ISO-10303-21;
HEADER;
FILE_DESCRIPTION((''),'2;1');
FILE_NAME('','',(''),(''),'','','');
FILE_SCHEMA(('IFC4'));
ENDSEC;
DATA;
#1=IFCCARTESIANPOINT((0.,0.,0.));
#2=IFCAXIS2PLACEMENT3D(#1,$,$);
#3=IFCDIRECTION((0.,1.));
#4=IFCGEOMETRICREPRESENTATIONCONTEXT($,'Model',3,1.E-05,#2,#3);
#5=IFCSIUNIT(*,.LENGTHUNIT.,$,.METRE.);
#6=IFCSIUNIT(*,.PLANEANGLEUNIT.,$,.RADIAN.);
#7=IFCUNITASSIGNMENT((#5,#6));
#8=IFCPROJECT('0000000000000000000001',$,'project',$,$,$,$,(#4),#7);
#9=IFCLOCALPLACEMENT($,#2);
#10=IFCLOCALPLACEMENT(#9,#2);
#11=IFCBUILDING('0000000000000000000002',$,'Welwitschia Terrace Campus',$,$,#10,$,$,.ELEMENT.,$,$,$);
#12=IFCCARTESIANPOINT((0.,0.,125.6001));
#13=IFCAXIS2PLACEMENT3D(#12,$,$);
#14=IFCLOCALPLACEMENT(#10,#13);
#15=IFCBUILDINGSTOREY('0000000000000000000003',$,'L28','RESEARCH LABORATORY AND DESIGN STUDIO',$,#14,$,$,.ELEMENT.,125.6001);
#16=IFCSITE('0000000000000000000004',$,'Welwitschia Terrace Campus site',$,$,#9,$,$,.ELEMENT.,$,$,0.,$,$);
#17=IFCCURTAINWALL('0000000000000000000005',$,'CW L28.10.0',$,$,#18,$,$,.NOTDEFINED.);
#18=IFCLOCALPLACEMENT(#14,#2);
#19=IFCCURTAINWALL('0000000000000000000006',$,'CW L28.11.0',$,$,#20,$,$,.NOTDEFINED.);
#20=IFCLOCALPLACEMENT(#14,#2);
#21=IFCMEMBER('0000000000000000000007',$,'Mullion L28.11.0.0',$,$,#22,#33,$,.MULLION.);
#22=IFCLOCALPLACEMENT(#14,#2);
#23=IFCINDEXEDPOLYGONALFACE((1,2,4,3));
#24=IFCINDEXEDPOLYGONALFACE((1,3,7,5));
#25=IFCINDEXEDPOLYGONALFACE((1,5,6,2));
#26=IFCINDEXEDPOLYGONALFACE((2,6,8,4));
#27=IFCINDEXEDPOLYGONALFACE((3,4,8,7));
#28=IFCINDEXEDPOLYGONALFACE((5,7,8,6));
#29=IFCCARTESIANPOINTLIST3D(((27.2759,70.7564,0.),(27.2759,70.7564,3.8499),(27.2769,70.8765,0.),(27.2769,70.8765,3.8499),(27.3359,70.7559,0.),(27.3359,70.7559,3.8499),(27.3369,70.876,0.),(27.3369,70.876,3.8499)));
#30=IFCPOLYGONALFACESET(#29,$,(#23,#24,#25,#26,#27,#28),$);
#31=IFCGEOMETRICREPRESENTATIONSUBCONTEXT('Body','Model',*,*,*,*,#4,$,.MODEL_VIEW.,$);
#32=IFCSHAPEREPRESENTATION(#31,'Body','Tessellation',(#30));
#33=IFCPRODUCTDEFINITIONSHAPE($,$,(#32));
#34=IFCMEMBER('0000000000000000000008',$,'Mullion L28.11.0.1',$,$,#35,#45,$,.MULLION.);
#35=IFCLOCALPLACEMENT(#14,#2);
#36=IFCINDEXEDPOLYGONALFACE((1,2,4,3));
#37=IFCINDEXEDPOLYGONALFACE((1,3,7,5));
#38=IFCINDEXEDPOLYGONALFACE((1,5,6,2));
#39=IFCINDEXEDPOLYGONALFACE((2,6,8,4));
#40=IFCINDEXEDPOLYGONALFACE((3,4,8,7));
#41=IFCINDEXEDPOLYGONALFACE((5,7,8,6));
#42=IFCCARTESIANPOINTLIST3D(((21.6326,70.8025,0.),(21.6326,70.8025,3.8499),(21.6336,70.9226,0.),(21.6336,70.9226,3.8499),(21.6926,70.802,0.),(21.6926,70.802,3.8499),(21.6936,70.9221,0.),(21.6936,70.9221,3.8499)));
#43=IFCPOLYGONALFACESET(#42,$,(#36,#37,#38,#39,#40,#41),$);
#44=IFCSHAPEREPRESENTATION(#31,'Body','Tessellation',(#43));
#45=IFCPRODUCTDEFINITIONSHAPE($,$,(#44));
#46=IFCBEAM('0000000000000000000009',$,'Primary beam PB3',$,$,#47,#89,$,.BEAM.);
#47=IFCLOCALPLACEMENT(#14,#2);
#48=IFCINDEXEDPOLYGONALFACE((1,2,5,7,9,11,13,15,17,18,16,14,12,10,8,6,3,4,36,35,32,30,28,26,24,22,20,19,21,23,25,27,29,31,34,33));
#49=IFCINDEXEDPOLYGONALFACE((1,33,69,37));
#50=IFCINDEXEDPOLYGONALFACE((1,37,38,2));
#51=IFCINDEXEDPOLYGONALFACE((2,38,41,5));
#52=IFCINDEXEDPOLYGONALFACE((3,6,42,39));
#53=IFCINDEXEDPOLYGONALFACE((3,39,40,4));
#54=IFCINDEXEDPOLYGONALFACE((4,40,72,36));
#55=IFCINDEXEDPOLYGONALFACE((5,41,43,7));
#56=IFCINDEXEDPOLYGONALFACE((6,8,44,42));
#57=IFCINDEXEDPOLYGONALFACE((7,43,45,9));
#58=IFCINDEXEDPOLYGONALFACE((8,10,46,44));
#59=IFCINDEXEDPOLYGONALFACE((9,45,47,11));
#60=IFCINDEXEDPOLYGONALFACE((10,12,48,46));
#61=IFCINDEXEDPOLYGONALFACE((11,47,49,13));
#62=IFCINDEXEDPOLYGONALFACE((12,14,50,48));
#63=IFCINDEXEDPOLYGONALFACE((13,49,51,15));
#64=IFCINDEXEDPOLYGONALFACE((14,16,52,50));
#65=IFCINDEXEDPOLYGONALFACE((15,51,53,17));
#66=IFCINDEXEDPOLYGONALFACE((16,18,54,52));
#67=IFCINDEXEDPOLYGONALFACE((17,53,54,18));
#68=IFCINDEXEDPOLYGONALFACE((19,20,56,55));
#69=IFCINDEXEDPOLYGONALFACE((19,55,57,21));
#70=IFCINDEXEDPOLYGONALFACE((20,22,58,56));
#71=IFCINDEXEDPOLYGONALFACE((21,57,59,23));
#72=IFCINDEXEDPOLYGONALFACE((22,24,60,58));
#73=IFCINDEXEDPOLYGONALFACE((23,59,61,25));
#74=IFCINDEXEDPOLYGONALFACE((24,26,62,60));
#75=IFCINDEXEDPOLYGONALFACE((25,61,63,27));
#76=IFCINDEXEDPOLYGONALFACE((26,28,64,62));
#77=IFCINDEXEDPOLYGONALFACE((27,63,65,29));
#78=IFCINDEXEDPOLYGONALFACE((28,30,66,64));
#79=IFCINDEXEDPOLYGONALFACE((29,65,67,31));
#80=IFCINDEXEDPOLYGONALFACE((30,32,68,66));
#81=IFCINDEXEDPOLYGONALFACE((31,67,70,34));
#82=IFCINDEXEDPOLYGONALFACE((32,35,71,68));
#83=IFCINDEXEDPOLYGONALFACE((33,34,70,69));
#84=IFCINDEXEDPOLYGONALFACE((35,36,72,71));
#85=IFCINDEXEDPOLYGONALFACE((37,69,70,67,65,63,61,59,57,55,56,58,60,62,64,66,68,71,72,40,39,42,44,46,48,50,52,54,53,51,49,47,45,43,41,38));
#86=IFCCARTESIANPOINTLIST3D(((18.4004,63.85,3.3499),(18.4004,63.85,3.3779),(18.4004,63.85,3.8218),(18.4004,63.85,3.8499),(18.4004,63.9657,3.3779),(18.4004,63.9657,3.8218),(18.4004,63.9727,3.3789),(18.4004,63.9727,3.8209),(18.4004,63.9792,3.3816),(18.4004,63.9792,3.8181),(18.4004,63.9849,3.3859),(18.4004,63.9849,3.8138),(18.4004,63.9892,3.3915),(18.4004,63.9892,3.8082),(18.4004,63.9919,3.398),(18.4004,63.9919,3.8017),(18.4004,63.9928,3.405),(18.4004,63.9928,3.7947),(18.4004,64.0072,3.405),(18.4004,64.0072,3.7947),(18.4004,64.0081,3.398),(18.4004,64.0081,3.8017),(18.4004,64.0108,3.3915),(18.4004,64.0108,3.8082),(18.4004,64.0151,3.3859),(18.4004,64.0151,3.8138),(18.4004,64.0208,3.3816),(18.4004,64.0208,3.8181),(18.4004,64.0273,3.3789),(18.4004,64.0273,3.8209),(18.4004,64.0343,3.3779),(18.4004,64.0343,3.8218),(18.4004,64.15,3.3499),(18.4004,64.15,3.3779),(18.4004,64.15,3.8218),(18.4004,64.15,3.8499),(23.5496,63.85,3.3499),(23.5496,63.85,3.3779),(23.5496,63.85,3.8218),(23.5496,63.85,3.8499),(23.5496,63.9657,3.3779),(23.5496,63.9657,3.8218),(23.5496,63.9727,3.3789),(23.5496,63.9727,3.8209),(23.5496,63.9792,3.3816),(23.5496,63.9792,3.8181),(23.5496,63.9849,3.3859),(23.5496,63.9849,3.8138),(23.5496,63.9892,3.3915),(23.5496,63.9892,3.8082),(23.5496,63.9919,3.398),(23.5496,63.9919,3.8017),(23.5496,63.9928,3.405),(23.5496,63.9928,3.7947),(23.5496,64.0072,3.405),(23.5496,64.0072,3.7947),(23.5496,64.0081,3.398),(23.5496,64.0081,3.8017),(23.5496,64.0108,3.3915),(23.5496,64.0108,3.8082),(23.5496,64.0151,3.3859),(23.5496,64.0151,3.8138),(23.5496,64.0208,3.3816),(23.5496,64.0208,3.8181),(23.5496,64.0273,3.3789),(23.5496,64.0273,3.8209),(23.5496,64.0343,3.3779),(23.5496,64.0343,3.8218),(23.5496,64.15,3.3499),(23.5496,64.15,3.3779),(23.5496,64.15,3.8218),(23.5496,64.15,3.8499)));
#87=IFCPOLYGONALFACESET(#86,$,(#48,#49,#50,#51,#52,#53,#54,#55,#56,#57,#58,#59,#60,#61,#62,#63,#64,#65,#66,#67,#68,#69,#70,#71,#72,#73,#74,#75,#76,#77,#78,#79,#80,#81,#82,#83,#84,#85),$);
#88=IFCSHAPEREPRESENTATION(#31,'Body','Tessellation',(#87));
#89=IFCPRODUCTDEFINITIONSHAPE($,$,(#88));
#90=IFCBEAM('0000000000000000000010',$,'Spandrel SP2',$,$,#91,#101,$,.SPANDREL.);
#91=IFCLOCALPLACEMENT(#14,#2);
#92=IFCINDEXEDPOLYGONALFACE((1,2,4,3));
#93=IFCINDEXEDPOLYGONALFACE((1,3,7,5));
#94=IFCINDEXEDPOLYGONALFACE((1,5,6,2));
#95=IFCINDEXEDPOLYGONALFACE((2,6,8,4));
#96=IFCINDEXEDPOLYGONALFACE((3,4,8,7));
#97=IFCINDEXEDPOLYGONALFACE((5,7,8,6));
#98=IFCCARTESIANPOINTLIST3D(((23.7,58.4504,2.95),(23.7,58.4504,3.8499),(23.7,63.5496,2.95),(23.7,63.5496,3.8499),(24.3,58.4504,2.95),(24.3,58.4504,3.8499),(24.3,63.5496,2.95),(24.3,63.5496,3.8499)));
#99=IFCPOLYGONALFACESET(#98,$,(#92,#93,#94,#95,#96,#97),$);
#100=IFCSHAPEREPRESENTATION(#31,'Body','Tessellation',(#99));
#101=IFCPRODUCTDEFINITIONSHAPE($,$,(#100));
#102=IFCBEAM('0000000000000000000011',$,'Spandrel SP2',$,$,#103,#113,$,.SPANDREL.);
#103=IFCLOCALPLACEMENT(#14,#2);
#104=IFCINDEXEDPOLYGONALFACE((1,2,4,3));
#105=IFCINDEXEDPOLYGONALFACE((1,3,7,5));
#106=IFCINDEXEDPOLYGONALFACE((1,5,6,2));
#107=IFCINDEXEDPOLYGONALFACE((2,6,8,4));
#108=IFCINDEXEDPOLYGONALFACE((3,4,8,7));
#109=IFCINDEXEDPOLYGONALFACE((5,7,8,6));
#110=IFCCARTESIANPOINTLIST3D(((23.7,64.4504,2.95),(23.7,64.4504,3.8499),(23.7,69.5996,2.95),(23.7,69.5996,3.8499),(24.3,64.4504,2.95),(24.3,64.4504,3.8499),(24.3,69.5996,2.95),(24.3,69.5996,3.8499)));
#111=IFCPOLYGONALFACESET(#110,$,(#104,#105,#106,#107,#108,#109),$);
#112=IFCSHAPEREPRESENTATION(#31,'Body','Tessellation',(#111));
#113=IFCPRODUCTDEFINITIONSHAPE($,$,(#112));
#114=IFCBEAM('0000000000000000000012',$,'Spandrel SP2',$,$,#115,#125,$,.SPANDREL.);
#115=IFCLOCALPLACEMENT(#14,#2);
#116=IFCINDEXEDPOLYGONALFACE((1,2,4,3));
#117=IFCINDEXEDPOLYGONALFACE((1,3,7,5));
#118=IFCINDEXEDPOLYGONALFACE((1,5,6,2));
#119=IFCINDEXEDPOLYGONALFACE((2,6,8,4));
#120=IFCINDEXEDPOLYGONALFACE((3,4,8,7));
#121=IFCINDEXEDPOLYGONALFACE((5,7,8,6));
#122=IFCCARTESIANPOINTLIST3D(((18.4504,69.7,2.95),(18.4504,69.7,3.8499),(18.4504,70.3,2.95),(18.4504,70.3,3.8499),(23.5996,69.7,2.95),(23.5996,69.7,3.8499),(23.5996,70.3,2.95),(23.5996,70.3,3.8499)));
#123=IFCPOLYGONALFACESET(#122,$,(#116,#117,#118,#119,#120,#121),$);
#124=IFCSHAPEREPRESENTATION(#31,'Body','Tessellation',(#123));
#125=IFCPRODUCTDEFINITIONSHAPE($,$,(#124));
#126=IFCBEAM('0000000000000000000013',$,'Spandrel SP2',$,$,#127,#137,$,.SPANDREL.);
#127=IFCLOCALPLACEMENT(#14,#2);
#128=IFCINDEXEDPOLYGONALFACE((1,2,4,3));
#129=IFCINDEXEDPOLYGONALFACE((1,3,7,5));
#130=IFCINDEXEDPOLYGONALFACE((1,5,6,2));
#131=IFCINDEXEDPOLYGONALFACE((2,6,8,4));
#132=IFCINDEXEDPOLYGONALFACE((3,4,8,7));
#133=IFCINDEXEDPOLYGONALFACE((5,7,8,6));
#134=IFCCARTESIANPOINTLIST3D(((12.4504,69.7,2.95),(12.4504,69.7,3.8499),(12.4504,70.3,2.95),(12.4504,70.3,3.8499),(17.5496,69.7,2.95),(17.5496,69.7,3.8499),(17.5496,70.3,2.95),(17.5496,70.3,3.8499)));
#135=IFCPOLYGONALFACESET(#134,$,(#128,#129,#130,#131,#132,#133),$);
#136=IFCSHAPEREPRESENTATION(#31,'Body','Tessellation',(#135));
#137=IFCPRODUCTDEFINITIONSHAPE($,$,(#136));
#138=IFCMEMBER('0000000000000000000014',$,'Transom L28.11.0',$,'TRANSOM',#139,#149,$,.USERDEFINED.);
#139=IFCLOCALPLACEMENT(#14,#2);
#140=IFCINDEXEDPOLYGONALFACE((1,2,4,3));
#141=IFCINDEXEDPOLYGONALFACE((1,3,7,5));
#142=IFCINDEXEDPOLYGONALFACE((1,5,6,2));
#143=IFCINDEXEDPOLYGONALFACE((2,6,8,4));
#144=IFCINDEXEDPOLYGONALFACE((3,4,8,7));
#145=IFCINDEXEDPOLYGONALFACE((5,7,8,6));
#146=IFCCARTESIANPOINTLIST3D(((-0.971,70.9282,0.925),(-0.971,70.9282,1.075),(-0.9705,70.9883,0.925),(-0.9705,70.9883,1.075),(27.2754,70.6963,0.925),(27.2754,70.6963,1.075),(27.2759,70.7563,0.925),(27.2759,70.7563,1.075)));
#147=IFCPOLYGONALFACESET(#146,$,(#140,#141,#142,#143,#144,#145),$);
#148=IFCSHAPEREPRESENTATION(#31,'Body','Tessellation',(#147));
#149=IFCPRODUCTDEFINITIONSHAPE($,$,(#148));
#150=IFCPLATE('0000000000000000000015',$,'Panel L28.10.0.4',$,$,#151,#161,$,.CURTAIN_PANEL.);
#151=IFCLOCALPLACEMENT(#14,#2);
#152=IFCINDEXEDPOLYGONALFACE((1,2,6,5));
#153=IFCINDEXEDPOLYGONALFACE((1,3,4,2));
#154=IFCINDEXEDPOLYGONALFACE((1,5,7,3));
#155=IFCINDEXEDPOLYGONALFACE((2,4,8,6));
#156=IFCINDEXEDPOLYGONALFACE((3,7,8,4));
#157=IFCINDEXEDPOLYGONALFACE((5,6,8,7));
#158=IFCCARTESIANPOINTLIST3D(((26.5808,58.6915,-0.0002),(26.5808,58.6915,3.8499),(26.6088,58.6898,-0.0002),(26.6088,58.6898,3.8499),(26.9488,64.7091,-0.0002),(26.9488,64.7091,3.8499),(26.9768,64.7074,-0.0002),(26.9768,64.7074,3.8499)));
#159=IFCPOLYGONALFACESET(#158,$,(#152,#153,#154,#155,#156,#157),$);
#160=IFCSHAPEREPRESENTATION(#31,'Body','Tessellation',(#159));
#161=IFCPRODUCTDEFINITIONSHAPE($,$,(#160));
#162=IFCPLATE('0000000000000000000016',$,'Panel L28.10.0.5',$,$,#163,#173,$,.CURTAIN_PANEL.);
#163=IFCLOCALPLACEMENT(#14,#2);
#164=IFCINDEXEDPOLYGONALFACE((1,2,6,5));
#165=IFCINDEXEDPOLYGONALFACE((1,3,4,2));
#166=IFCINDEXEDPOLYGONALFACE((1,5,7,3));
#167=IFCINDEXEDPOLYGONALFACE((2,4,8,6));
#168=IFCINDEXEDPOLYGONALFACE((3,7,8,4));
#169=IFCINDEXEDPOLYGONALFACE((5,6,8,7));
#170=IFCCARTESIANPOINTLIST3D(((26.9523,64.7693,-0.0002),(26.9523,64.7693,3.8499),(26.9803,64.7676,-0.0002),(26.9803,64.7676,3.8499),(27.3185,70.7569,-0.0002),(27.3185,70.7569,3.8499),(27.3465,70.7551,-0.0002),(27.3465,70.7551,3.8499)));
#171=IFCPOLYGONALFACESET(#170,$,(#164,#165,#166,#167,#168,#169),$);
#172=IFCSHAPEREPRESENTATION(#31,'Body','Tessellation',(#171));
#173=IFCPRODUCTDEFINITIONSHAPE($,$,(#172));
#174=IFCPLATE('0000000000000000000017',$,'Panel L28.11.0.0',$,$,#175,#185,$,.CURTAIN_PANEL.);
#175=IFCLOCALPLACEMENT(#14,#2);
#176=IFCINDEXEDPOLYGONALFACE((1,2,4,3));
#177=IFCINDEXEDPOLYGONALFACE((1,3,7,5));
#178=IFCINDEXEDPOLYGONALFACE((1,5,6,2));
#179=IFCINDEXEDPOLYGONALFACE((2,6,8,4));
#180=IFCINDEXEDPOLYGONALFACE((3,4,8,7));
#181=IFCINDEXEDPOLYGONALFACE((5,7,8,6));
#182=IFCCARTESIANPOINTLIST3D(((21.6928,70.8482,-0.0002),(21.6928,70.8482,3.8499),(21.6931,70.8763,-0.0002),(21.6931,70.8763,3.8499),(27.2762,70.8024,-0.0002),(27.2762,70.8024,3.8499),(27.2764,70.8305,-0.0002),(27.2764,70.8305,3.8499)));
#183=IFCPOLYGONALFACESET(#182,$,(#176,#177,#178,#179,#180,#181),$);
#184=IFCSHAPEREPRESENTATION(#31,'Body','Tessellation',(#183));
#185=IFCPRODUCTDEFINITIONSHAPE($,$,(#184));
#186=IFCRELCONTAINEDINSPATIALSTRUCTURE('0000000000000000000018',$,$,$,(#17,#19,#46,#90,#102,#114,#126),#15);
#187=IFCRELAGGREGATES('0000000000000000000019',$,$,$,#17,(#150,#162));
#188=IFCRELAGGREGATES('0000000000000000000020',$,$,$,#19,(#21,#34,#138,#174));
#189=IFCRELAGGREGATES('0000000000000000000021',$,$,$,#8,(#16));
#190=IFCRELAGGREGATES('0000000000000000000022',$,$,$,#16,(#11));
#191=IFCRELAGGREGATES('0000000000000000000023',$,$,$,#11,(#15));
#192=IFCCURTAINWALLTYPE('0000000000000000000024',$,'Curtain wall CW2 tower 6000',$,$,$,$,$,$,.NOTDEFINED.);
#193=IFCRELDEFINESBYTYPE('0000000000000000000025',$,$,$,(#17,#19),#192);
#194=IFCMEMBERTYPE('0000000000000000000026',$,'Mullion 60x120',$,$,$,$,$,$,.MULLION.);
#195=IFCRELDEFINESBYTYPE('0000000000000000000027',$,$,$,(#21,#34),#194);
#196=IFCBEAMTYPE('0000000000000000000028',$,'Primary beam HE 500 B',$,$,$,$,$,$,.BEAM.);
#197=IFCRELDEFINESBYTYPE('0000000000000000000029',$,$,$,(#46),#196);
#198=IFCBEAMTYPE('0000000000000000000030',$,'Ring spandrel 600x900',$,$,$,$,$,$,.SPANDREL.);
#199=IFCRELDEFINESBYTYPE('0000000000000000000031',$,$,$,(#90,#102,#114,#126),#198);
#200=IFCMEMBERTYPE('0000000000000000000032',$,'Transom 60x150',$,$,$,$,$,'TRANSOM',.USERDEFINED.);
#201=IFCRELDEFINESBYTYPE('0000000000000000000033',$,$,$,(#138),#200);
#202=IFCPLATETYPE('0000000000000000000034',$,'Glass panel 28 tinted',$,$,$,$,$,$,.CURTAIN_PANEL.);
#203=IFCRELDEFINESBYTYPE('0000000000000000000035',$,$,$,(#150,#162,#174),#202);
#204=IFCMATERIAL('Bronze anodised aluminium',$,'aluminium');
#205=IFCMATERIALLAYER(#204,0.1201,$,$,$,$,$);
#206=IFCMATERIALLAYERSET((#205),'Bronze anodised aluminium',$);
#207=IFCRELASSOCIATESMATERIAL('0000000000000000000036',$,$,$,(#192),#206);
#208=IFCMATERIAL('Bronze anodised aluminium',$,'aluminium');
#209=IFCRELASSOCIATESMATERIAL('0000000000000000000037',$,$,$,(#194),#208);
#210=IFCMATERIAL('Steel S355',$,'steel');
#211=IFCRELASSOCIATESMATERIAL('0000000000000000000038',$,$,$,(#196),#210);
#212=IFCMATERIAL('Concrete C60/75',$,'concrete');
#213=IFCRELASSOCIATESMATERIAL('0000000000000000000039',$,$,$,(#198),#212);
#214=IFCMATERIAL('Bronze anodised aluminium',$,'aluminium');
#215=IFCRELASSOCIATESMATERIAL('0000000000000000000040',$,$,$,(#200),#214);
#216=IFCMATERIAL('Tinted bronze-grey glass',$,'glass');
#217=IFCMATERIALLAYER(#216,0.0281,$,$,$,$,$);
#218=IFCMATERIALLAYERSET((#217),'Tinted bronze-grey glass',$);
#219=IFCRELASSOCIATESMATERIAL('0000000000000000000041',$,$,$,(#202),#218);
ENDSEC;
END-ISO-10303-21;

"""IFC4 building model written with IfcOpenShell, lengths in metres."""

from ifc_helpers import new_model, si_unit, direction, frame, origin, origin_2d, place, context, subcontext, project, spatial, rectangle, i_section, extrude, material, layer, layer_set, material_profile, profile_set, type_object, element, aggregate, save


model = new_model("IFC4")

# Units and contexts
model_context = context("Model", 3, precision=1e-05, world=origin(), true_north=direction((0.0, 1.0)))
body_context = subcontext(model_context, "Body", "Model", "MODEL_VIEW")
ifc_project = project(units=[si_unit("LENGTHUNIT", "METRE"), si_unit("PLANEANGLEUNIT", "RADIAN")], contexts=[model_context])

# Site, building, storey
site_placement = place(None, origin())
site = spatial("IfcSite", under=ifc_project, at=site_placement, Name="Welwitschia Terrace Campus site", CompositionType="ELEMENT", RefElevation=0.0)
building_placement = place(site_placement, origin())
building = spatial("IfcBuilding", under=site, at=building_placement, Name="Welwitschia Terrace Campus", CompositionType="ELEMENT")
storey_placement = place(building_placement, frame((0.0, 0.0, 125.6001)))
storey = spatial("IfcBuildingStorey", under=building, at=storey_placement, Name="L28", Description="RESEARCH LABORATORY AND DESIGN STUDIO", CompositionType="ELEMENT", Elevation=125.6001)

# Curtain walls, members
ifc_material_1 = material(Name="Bronze anodised aluminium", Category="aluminium")
ifc_layer_1 = layer(ifc_material_1, 0.1201)
ifc_layer_set_1 = layer_set([ifc_layer_1], Name="Bronze anodised aluminium")
curtain_wall_type = type_object("IfcCurtainWallType", Name="Curtain wall CW2 tower 6000", PredefinedType="NOTDEFINED", material=ifc_layer_set_1)
curtain_wall_1_placement = place(storey_placement, origin())
curtain_wall_1 = element("IfcCurtainWall", 1, at=curtain_wall_1_placement, inside=storey, type_object=curtain_wall_type, Name="CW L28.10.0", PredefinedType="NOTDEFINED")
ifc_material_2 = material(Name="Bronze anodised aluminium", Category="aluminium")
ifc_material_profile_1 = material_profile(ifc_material_2, rectangle(XDim=0.1201, YDim=0.0601, at=origin_2d()))
ifc_profile_set_1 = profile_set([ifc_material_profile_1], Name="Bronze anodised aluminium")
member_type_1 = type_object("IfcMemberType", Name="Mullion 60x120", PredefinedType="MULLION", material=ifc_profile_set_1)
curtain_wall_2_placement = place(storey_placement, origin())
curtain_wall_2 = element("IfcCurtainWall", 2, at=curtain_wall_2_placement, inside=storey, type_object=curtain_wall_type, Name="CW L28.11.0", PredefinedType="NOTDEFINED")
member_1_placement = place(storey_placement, frame((27.3064, 70.8162, 0.0), z_axis=(0.0, 0.0, 1.0), x_axis=(-0.008205, -0.999966, 0.0)))
member_1 = element("IfcMember", 3, at=member_1_placement, type_object=member_type_1, Name="Mullion L28.11.0.0", PredefinedType="MULLION", context=body_context, shape_type="SweptSolid", body=[
    extrude(rectangle(XDim=0.1201, YDim=0.0601, at=origin_2d()), origin(), (0.0, 0.0, 1.0), 3.8499),
])
member_2_placement = place(storey_placement, frame((21.6631, 70.8623, 0.0), z_axis=(0.0, 0.0, 1.0), x_axis=(-0.008205, -0.999966, 0.0)))
member_2 = element("IfcMember", 4, at=member_2_placement, type_object=member_type_1, Name="Mullion L28.11.0.1", PredefinedType="MULLION", context=body_context, shape_type="SweptSolid", body=[
    extrude(rectangle(XDim=0.1201, YDim=0.0601, at=origin_2d()), origin(), (0.0, 0.0, 1.0), 3.8499),
])

# Beams
ifc_material_3 = material(Name="Steel S355", Category="steel")
ifc_material_profile_2 = material_profile(ifc_material_3, i_section(OverallWidth=0.3, OverallDepth=0.5, WebThickness=0.0144, FlangeThickness=0.0281, FilletRadius=0.0271, at=origin_2d()))
ifc_profile_set_2 = profile_set([ifc_material_profile_2], Name="Steel S355")
beam_type_1 = type_object("IfcBeamType", Name="Primary beam HE 500 B", PredefinedType="BEAM", material=ifc_profile_set_2)
beam_1_placement = place(storey_placement, frame((23.5496, 64.0, 3.5999), z_axis=(-1.0, 0.0, 0.0), x_axis=(0.0, -1.0, 0.0)))
element("IfcBeam", 5, at=beam_1_placement, inside=storey, type_object=beam_type_1, Name="Primary beam PB3", PredefinedType="BEAM", context=body_context, shape_type="SweptSolid", body=[
    extrude(i_section(OverallWidth=0.3, OverallDepth=0.5, WebThickness=0.0144, FlangeThickness=0.0281, FilletRadius=0.0271, at=origin_2d()), origin(), (0.0, 0.0, 1.0), 5.1492),
])
ifc_material_4 = material(Name="Concrete C60/75", Category="concrete")
ifc_material_profile_3 = material_profile(ifc_material_4, rectangle(XDim=0.6001, YDim=0.8999, at=origin_2d()))
ifc_profile_set_3 = profile_set([ifc_material_profile_3], Name="Concrete C60/75")
beam_type_2 = type_object("IfcBeamType", Name="Ring spandrel 600x900", PredefinedType="SPANDREL", material=ifc_profile_set_3)
beam_2_placement = place(storey_placement, frame((24.0, 58.4504, 3.3999), z_axis=(0.0, 1.0, 0.0), x_axis=(-1.0, 0.0, 0.0)))
element("IfcBeam", 6, at=beam_2_placement, inside=storey, type_object=beam_type_2, Name="Spandrel SP2", PredefinedType="SPANDREL", context=body_context, shape_type="SweptSolid", body=[
    extrude(rectangle(XDim=0.6001, YDim=0.8999, at=origin_2d()), origin(), (0.0, 0.0, 1.0), 5.0991),
])
for number, where, z_axis, x_axis, name in (
    (7, (24.0, 64.4504, 3.3999), (0.0, 1.0, 0.0), (-1.0, 0.0, 0.0), "Spandrel SP2"),
    (8, (23.5996, 70.0, 3.3999), (-1.0, 0.0, 0.0), (0.0, -1.0, 0.0), "Spandrel SP2"),
):
    element("IfcBeam", number, at=place(storey_placement, frame(where, z_axis=z_axis, x_axis=x_axis)), inside=storey, type_object=beam_type_2, Name=name, PredefinedType="SPANDREL", context=body_context, shape_type="SweptSolid", body=[
        extrude(rectangle(XDim=0.6001, YDim=0.8999, at=origin_2d()), origin(), (0.0, 0.0, 1.0), 5.1492),
    ])
beam_3_placement = place(storey_placement, frame((17.5496, 70.0, 3.3999), z_axis=(-1.0, 0.0, 0.0), x_axis=(0.0, -1.0, 0.0)))
element("IfcBeam", 9, at=beam_3_placement, inside=storey, type_object=beam_type_2, Name="Spandrel SP2", PredefinedType="SPANDREL", context=body_context, shape_type="SweptSolid", body=[
    extrude(rectangle(XDim=0.6001, YDim=0.8999, at=origin_2d()), origin(), (0.0, 0.0, 1.0), 5.0991),
])

# Member
ifc_material_5 = material(Name="Bronze anodised aluminium", Category="aluminium")
ifc_material_profile_4 = material_profile(ifc_material_5, rectangle(XDim=0.0601, YDim=0.1499, at=origin_2d()))
ifc_profile_set_4 = profile_set([ifc_material_profile_4], Name="Bronze anodised aluminium")
member_type_2 = type_object("IfcMemberType", Name="Transom 60x150", ElementType="TRANSOM", PredefinedType="USERDEFINED", material=ifc_profile_set_4)
member_3_placement = place(storey_placement, frame((27.2756, 70.7263, 1.0), z_axis=(-0.999966, 0.008211, 0.0), x_axis=(-0.008211, -0.999966, 0.0)))
member_3 = element("IfcMember", 10, at=member_3_placement, type_object=member_type_2, Name="Transom L28.11.0", ObjectType="TRANSOM", PredefinedType="USERDEFINED", context=body_context, shape_type="SweptSolid", body=[
    extrude(rectangle(XDim=0.0601, YDim=0.1499, at=origin_2d()), origin(), (0.0, 0.0, 1.0), 28.2473),
])

# Plates
ifc_material_6 = material(Name="Tinted bronze-grey glass", Category="glass")
ifc_layer_2 = layer(ifc_material_6, 0.0281)
ifc_layer_set_2 = layer_set([ifc_layer_2], Name="Tinted bronze-grey glass")
plate_type = type_object("IfcPlateType", Name="Glass panel 28 tinted", PredefinedType="CURTAIN_PANEL", material=ifc_layer_set_2)
plate_1_placement = place(storey_placement, frame((26.7788, 61.6995, -0.0002), z_axis=(0.0, 0.0, 1.0), x_axis=(0.061049, 0.998135, 0.0)))
plate_1 = element("IfcPlate", 11, at=plate_1_placement, type_object=plate_type, Name="Panel L28.10.0.4", PredefinedType="CURTAIN_PANEL", context=body_context, shape_type="SweptSolid", body=[
    extrude(rectangle(XDim=6.0288, YDim=0.0281, at=origin_2d()), origin(), (0.0, 0.0, 1.0), 3.8501),
])
plate_2_placement = place(storey_placement, frame((27.1494, 67.7622, -0.0002), z_axis=(0.0, 0.0, 1.0), x_axis=(0.061049, 0.998135, 0.0)))
plate_2 = element("IfcPlate", 12, at=plate_2_placement, type_object=plate_type, Name="Panel L28.10.0.5", PredefinedType="CURTAIN_PANEL", context=body_context, shape_type="SweptSolid", body=[
    extrude(rectangle(XDim=5.9988, YDim=0.0281, at=origin_2d()), origin(), (0.0, 0.0, 1.0), 3.8501),
])
aggregate(curtain_wall_1, [plate_1, plate_2])
plate_3_placement = place(storey_placement, frame((24.4846, 70.8394, -0.0002), z_axis=(0.0, 0.0, 1.0), x_axis=(-0.999966, 0.008205, 0.0)))
plate_3 = element("IfcPlate", 13, at=plate_3_placement, type_object=plate_type, Name="Panel L28.11.0.0", PredefinedType="CURTAIN_PANEL", context=body_context, shape_type="SweptSolid", body=[
    extrude(rectangle(XDim=5.5835, YDim=0.0281, at=origin_2d()), origin(), (0.0, 0.0, 1.0), 3.8501),
])
aggregate(curtain_wall_2, [member_1, member_2, member_3, plate_3])

save(model, "model.ifc")
